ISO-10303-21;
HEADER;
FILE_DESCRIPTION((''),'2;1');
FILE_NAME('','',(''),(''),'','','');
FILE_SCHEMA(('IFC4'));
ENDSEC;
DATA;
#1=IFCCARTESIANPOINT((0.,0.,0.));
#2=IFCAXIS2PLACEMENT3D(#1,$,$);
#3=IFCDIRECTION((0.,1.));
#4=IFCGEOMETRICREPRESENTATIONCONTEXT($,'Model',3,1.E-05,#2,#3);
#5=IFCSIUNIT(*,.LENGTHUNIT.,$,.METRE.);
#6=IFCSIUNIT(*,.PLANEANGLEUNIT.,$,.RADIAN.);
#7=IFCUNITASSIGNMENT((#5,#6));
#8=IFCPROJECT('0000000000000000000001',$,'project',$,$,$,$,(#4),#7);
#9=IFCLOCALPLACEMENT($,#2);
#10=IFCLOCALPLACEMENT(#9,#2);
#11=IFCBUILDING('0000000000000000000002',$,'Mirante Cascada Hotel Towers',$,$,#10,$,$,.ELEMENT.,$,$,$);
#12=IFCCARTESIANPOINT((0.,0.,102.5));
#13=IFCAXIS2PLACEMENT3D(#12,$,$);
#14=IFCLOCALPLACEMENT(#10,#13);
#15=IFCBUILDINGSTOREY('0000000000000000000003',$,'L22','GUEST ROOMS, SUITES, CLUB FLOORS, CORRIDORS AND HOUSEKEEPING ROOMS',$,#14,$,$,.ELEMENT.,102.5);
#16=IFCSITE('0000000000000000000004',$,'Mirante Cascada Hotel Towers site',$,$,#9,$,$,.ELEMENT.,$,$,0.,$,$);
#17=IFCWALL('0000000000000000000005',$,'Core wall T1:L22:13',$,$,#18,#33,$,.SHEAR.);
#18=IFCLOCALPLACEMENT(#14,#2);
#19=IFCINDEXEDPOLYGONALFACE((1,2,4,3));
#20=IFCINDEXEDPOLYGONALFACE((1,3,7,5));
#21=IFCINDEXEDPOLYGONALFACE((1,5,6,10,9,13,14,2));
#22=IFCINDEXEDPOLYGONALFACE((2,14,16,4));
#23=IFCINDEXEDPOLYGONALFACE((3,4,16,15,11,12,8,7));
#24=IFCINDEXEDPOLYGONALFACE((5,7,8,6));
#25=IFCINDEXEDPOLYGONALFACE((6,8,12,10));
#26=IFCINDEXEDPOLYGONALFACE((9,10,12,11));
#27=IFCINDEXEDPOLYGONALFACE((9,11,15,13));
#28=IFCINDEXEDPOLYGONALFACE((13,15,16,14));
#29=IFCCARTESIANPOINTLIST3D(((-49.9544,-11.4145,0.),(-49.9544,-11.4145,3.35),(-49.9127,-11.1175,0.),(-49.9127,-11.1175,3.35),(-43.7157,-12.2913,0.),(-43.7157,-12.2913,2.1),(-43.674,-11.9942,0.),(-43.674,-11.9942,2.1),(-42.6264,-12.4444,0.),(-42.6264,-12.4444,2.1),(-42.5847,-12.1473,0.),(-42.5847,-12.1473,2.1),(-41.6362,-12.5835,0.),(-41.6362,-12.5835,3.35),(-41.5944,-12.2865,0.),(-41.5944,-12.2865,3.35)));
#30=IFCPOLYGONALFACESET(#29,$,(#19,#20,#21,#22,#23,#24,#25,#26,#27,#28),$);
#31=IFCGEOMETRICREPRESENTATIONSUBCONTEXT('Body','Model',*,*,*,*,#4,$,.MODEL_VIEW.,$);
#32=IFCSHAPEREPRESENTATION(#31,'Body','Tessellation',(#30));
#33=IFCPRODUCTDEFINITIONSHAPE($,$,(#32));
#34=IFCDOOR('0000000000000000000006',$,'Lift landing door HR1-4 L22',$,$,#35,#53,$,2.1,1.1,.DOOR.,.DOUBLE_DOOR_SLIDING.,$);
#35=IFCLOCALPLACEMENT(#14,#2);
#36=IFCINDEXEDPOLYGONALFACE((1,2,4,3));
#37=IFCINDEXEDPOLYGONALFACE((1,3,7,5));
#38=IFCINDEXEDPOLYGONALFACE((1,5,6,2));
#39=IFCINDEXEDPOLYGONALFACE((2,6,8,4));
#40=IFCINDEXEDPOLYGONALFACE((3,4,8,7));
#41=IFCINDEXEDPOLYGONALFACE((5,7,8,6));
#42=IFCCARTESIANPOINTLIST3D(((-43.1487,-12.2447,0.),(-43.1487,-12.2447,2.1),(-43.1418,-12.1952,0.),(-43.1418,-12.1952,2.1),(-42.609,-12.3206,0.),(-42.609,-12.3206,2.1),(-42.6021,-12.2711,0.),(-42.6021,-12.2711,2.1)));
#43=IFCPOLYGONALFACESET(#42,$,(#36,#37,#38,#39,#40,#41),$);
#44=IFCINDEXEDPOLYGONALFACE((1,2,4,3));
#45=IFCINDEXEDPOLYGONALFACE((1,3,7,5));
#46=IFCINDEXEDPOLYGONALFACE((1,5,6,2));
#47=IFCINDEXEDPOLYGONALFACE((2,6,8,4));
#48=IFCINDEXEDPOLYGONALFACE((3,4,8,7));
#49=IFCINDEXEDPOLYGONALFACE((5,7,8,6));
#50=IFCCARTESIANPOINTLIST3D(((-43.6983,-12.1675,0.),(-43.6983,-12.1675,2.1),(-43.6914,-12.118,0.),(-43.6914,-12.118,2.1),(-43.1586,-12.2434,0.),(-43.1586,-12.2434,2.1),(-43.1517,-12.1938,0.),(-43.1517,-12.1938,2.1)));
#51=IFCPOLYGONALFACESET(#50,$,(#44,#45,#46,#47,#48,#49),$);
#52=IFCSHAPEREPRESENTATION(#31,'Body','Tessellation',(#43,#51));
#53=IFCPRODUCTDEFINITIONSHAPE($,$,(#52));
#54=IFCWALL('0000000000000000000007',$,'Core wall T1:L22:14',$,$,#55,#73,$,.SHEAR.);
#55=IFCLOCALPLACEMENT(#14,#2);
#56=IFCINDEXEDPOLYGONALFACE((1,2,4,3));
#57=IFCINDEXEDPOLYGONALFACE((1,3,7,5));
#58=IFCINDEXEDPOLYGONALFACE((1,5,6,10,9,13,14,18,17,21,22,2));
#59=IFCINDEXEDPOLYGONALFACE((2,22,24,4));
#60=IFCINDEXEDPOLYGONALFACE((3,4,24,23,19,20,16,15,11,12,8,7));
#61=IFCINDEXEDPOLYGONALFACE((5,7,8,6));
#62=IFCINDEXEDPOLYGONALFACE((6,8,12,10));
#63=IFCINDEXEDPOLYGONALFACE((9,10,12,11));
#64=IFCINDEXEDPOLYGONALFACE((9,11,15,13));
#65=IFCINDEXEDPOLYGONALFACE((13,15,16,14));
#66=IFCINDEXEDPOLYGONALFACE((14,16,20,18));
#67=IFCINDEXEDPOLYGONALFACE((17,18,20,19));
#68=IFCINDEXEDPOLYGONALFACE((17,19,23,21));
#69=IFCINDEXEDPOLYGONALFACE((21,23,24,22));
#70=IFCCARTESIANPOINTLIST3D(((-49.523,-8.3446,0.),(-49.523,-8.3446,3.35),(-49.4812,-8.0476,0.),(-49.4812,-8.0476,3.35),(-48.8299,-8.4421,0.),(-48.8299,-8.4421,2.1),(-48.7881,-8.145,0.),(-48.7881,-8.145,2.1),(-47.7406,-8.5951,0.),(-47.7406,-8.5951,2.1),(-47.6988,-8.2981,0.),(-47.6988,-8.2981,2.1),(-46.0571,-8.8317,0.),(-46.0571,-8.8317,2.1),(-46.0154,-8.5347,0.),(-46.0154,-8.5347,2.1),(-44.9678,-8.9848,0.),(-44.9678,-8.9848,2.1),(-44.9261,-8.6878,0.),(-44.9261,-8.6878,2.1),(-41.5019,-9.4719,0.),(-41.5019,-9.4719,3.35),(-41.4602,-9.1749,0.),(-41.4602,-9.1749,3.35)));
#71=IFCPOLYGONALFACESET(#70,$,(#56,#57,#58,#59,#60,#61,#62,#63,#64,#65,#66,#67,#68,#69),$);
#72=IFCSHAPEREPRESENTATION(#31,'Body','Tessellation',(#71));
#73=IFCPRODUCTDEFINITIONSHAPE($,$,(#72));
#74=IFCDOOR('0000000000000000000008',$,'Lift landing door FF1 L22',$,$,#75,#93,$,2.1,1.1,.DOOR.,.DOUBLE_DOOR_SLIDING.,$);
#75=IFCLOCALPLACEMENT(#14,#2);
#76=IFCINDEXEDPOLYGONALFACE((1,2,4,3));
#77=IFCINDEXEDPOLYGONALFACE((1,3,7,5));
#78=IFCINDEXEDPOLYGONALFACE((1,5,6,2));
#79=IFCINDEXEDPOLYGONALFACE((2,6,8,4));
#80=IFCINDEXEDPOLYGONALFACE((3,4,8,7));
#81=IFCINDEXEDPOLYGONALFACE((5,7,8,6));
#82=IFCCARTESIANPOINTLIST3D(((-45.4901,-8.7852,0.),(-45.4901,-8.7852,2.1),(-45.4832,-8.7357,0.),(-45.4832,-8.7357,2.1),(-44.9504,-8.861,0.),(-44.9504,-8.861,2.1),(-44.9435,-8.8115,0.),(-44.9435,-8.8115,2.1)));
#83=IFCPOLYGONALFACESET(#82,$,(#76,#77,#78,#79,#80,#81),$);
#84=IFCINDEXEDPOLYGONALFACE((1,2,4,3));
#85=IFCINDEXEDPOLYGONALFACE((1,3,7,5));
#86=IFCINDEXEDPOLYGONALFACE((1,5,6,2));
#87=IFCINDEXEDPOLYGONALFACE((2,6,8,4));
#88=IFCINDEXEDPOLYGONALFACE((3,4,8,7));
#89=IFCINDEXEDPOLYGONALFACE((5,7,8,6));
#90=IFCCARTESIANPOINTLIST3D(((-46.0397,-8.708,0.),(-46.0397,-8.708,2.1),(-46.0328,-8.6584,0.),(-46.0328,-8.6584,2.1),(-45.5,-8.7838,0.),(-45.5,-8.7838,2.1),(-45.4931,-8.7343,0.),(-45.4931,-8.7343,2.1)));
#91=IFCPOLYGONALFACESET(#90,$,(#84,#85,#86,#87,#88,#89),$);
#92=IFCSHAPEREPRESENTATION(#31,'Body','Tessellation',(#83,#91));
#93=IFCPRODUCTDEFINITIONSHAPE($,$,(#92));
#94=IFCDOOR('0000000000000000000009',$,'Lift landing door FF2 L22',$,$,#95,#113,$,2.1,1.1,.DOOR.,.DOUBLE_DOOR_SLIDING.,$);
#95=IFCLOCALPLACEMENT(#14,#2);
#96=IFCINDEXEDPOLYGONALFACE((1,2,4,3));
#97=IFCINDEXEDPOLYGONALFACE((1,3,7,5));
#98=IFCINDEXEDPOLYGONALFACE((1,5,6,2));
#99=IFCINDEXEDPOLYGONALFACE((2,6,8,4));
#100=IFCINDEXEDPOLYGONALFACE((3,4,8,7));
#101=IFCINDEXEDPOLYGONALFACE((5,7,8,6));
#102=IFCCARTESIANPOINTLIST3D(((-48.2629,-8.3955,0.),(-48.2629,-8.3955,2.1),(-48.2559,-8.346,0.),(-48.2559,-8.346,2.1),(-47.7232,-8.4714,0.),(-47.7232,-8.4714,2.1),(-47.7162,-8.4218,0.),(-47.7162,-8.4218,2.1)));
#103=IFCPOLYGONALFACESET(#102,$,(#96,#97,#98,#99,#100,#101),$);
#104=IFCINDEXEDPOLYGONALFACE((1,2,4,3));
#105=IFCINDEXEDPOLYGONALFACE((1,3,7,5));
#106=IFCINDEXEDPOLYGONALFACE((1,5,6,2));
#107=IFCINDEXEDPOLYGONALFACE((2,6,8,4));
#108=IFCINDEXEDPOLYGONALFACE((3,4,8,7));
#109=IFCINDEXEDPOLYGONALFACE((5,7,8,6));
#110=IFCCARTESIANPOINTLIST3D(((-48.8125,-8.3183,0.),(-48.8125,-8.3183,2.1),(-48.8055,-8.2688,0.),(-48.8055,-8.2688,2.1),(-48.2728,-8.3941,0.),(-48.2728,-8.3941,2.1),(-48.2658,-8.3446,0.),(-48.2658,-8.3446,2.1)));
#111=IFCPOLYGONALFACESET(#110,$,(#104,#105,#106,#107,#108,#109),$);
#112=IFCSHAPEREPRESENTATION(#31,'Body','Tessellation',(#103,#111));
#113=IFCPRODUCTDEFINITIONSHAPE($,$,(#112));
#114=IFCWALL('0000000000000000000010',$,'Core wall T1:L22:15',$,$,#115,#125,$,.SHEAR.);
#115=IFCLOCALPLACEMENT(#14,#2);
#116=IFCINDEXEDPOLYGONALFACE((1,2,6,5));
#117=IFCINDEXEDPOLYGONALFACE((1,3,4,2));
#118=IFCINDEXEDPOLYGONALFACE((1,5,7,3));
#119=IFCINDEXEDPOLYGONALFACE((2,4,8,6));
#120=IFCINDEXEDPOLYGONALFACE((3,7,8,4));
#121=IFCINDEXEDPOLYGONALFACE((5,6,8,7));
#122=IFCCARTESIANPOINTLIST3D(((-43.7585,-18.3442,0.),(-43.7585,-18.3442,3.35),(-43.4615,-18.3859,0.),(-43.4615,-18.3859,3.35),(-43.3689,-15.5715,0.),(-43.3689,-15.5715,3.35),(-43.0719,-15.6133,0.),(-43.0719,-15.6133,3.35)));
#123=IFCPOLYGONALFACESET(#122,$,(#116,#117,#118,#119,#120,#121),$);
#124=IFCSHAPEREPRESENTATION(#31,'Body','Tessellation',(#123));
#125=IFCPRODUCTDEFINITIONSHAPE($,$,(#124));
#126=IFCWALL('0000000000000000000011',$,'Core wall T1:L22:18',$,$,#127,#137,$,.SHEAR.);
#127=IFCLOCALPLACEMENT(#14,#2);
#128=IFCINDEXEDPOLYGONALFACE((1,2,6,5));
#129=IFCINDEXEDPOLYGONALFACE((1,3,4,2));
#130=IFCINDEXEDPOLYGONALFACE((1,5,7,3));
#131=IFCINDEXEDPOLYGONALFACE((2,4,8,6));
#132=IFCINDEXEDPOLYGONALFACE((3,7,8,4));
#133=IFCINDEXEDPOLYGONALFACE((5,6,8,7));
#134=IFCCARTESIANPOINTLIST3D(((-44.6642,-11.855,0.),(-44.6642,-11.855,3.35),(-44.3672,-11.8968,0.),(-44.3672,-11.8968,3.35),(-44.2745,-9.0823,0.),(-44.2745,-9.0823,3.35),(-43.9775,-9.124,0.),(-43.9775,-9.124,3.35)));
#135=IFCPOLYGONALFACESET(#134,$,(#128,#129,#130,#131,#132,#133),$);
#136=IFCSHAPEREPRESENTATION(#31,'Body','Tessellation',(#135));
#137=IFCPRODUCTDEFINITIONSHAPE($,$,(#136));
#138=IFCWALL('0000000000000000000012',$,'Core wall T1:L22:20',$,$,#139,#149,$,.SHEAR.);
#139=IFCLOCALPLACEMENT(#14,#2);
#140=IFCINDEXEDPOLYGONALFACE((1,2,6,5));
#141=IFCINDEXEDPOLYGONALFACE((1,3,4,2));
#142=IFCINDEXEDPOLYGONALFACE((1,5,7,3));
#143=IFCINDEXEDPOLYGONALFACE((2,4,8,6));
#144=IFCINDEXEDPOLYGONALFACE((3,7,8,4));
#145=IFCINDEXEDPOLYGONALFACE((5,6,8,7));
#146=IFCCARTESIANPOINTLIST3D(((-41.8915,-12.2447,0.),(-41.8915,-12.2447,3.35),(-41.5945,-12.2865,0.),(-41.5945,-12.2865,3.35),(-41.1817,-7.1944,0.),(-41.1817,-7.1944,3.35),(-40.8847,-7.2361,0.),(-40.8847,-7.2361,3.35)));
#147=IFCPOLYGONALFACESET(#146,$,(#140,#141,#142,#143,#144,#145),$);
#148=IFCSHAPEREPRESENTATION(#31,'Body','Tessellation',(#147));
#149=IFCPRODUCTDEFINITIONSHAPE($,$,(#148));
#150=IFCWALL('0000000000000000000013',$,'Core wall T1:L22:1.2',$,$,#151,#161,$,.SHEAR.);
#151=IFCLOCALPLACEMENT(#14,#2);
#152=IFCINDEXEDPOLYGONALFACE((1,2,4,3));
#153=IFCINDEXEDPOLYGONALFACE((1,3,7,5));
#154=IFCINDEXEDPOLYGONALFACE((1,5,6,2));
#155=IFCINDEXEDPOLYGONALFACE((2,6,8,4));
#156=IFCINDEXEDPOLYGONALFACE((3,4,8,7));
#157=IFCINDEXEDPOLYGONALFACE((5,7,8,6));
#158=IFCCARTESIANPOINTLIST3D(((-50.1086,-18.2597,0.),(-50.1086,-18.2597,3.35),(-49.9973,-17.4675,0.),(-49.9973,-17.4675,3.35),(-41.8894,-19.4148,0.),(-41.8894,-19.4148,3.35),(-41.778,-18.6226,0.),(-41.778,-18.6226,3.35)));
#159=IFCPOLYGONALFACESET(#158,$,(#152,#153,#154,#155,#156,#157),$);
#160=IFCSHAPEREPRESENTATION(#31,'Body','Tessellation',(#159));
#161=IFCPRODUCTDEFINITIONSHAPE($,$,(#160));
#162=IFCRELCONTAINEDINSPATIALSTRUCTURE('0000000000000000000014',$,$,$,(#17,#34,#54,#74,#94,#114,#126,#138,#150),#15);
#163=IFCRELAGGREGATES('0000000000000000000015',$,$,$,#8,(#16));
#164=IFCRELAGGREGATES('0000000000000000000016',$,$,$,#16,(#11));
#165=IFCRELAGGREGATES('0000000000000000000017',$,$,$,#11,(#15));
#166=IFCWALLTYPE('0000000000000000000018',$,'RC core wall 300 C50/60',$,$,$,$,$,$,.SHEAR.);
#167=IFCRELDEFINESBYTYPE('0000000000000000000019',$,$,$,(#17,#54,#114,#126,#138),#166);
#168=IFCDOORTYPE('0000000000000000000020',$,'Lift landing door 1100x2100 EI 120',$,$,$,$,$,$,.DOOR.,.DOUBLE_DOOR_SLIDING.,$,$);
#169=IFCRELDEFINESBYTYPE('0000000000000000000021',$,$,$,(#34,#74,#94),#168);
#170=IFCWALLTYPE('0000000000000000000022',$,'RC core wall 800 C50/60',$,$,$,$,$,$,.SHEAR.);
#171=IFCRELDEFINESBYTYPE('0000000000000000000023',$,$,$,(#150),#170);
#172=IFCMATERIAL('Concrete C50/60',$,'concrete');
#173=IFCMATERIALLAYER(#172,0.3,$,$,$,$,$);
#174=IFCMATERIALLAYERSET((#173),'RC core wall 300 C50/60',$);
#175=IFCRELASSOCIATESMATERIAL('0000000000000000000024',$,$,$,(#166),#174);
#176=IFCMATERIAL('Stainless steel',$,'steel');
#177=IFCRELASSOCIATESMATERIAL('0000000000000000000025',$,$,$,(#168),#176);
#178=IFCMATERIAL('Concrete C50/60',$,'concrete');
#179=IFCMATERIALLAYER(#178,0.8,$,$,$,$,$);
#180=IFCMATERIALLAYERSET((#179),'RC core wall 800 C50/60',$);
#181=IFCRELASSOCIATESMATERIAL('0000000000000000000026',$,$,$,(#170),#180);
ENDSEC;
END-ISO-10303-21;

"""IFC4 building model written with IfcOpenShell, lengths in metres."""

from ifc_helpers import new_model, si_unit, direction, frame, frame_2d, origin, place, context, subcontext, project, spatial, rectangle, extrude, material, layer, layer_set, type_object, element, fill, save


model = new_model("IFC4")

# Units and contexts
model_context = context("Model", 3, precision=1e-05, world=origin(), true_north=direction((0.0, 1.0)))
body_context = subcontext(model_context, "Body", "Model", "MODEL_VIEW")
ifc_project = project(units=[si_unit("LENGTHUNIT", "METRE"), si_unit("PLANEANGLEUNIT", "RADIAN")], contexts=[model_context])

# Site, building, storey
site_placement = place(None, origin())
site = spatial("IfcSite", under=ifc_project, at=site_placement, Name="Mirante Cascada Hotel Towers site", CompositionType="ELEMENT", RefElevation=0.0)
building_placement = place(site_placement, origin())
building = spatial("IfcBuilding", under=site, at=building_placement, Name="Mirante Cascada Hotel Towers", CompositionType="ELEMENT")
storey_placement = place(building_placement, frame((0.0, 0.0, 102.5)))
storey = spatial("IfcBuildingStorey", under=building, at=storey_placement, Name="L22", Description="GUEST ROOMS, SUITES, CLUB FLOORS, CORRIDORS AND HOUSEKEEPING ROOMS", CompositionType="ELEMENT", Elevation=102.5)

# Shared definitions
ifc_material_1 = material(Name="Concrete C50/60", Category="concrete")
ifc_layer_1 = layer(ifc_material_1, 0.3)
ifc_layer_set_1 = layer_set([ifc_layer_1], Name="RC core wall 300 C50/60")
wall_type_1 = type_object("IfcWallType", Name="RC core wall 300 C50/60", PredefinedType="SHEAR", material=ifc_layer_set_1)

# Shared definitions
ifc_material_2 = material(Name="Stainless steel", Category="steel")
door_type_1 = type_object("IfcDoorType", Name="Lift landing door 1100x2100 EI 120", OperationType="DOUBLE_DOOR_SLIDING", PredefinedType="DOOR", material=ifc_material_2)

# Wall, opening, door
wall_1_placement = place(storey_placement, frame((-41.6153, -12.435, 0.0), z_axis=(0.0, 0.0, 1.0), x_axis=(-0.990269, 0.139166, 0.0)))
wall_1 = element("IfcWall", 1, at=wall_1_placement, inside=storey, type_object=wall_type_1, Name="Core wall T1:L22:13", PredefinedType="SHEAR", context=body_context, shape_type="SweptSolid", body=[
    extrude(rectangle(XDim=8.4, YDim=0.3, at=frame_2d((4.2, 0.0))), origin(), (0.0, 0.0, 1.0), 3.35),
])
opening_1_placement = place(wall_1_placement, frame((1.0, 0.0, 0.0)))
opening_1 = element("IfcOpeningElement", 2, at=opening_1_placement, cuts=wall_1, PredefinedType="OPENING", context=body_context, shape_type="SweptSolid", body=[
    extrude(rectangle(XDim=1.1, YDim=2.1, at=frame_2d((0.55, 1.05))), frame((0.0, 0.15, 0.0), z_axis=(0.0, -1.0, 0.0), x_axis=(1.0, 0.0, 0.0)), (0.0, 0.0, 1.0), 0.3),
])
door_1_placement = place(opening_1_placement, origin())
door_1 = element("IfcDoor", 3, at=door_1_placement, inside=storey, type_object=door_type_1, Name="Lift landing door HR1-4 L22", OperationType="DOUBLE_DOOR_SLIDING", OverallHeight=2.1, OverallWidth=1.1, PredefinedType="DOOR", context=body_context, shape_type="SweptSolid", body=[
    extrude(rectangle(XDim=0.545, YDim=2.1, at=frame_2d((0.2725, 1.05))), frame((0.0, 0.025, 0.0), z_axis=(0.0, -1.0, 0.0), x_axis=(1.0, 0.0, 0.0)), (0.0, 0.0, 1.0), 0.05),
    extrude(rectangle(XDim=0.545, YDim=2.1, at=frame_2d((0.8275, 1.05))), frame((0.0, 0.025, 0.0), z_axis=(0.0, -1.0, 0.0), x_axis=(1.0, 0.0, 0.0)), (0.0, 0.0, 1.0), 0.05),
])
fill(opening_1, door_1)

# Wall, openings, doors
wall_2_placement = place(storey_placement, frame((-41.481, -9.3234, 0.0), z_axis=(0.0, 0.0, 1.0), x_axis=(-0.990268, 0.139174, 0.0)))
wall_2 = element("IfcWall", 4, at=wall_2_placement, inside=storey, type_object=wall_type_1, Name="Core wall T1:L22:14", PredefinedType="SHEAR", context=body_context, shape_type="SweptSolid", body=[
    extrude(rectangle(XDim=8.0999, YDim=0.3, at=frame_2d((4.05, 0.0))), origin(), (0.0, 0.0, 1.0), 3.35),
])
opening_2_placement = place(wall_2_placement, frame((3.5, 0.0, 0.0)))
opening_2 = element("IfcOpeningElement", 5, at=opening_2_placement, cuts=wall_2, PredefinedType="OPENING", context=body_context, shape_type="SweptSolid", body=[
    extrude(rectangle(XDim=1.1, YDim=2.1, at=frame_2d((0.55, 1.05))), frame((0.0, 0.15, 0.0), z_axis=(0.0, -1.0, 0.0), x_axis=(1.0, 0.0, 0.0)), (0.0, 0.0, 1.0), 0.3),
])
opening_3_placement = place(wall_2_placement, frame((6.3, 0.0, 0.0)))
opening_3 = element("IfcOpeningElement", 6, at=opening_3_placement, cuts=wall_2, PredefinedType="OPENING", context=body_context, shape_type="SweptSolid", body=[
    extrude(rectangle(XDim=1.1, YDim=2.1, at=frame_2d((0.55, 1.05))), frame((0.0, 0.15, 0.0), z_axis=(0.0, -1.0, 0.0), x_axis=(1.0, 0.0, 0.0)), (0.0, 0.0, 1.0), 0.3),
])
door_2_placement = place(opening_2_placement, origin())
door_2 = element("IfcDoor", 7, at=door_2_placement, inside=storey, type_object=door_type_1, Name="Lift landing door FF1 L22", OperationType="DOUBLE_DOOR_SLIDING", OverallHeight=2.1, OverallWidth=1.1, PredefinedType="DOOR", context=body_context, shape_type="SweptSolid", body=[
    extrude(rectangle(XDim=0.545, YDim=2.1, at=frame_2d((0.2725, 1.05))), frame((0.0, 0.025, 0.0), z_axis=(0.0, -1.0, 0.0), x_axis=(1.0, 0.0, 0.0)), (0.0, 0.0, 1.0), 0.05),
    extrude(rectangle(XDim=0.545, YDim=2.1, at=frame_2d((0.8275, 1.05))), frame((0.0, 0.025, 0.0), z_axis=(0.0, -1.0, 0.0), x_axis=(1.0, 0.0, 0.0)), (0.0, 0.0, 1.0), 0.05),
])
fill(opening_2, door_2)
door_3_placement = place(opening_3_placement, origin())
door_3 = element("IfcDoor", 8, at=door_3_placement, inside=storey, type_object=door_type_1, Name="Lift landing door FF2 L22", OperationType="DOUBLE_DOOR_SLIDING", OverallHeight=2.1, OverallWidth=1.1, PredefinedType="DOOR", context=body_context, shape_type="SweptSolid", body=[
    extrude(rectangle(XDim=0.545, YDim=2.1, at=frame_2d((0.2725, 1.05))), frame((0.0, 0.025, 0.0), z_axis=(0.0, -1.0, 0.0), x_axis=(1.0, 0.0, 0.0)), (0.0, 0.0, 1.0), 0.05),
    extrude(rectangle(XDim=0.545, YDim=2.1, at=frame_2d((0.8275, 1.05))), frame((0.0, 0.025, 0.0), z_axis=(0.0, -1.0, 0.0), x_axis=(1.0, 0.0, 0.0)), (0.0, 0.0, 1.0), 0.05),
])
fill(opening_3, door_3)

# Walls
wall_3_placement = place(storey_placement, frame((-43.61, -18.3651, 0.0), z_axis=(0.0, 0.0, 1.0), x_axis=(0.139146, 0.990272, 0.0)))
element("IfcWall", 9, at=wall_3_placement, inside=storey, type_object=wall_type_1, Name="Core wall T1:L22:15", PredefinedType="SHEAR", context=body_context, shape_type="SweptSolid", body=[
    extrude(rectangle(XDim=2.7999, YDim=0.3, at=frame_2d((1.4, 0.0))), origin(), (0.0, 0.0, 1.0), 3.35),
])
wall_4_placement = place(storey_placement, frame((-44.5157, -11.8759, 0.0), z_axis=(0.0, 0.0, 1.0), x_axis=(0.139181, 0.990267, 0.0)))
element("IfcWall", 10, at=wall_4_placement, inside=storey, type_object=wall_type_1, Name="Core wall T1:L22:18", PredefinedType="SHEAR", context=body_context, shape_type="SweptSolid", body=[
    extrude(rectangle(XDim=2.8, YDim=0.3, at=frame_2d((1.4, 0.0))), origin(), (0.0, 0.0, 1.0), 3.35),
])
wall_5_placement = place(storey_placement, frame((-41.743, -12.2656, 0.0), z_axis=(0.0, 0.0, 1.0), x_axis=(0.139176, 0.990268, 0.0)))
element("IfcWall", 11, at=wall_5_placement, inside=storey, type_object=wall_type_1, Name="Core wall T1:L22:20", PredefinedType="SHEAR", context=body_context, shape_type="SweptSolid", body=[
    extrude(rectangle(XDim=5.1, YDim=0.3, at=frame_2d((2.55, 0.0))), origin(), (0.0, 0.0, 1.0), 3.35),
])
ifc_material_3 = material(Name="Concrete C50/60", Category="concrete")
ifc_layer_2 = layer(ifc_material_3, 0.8)
ifc_layer_set_2 = layer_set([ifc_layer_2], Name="RC core wall 800 C50/60")
wall_type_2 = type_object("IfcWallType", Name="RC core wall 800 C50/60", PredefinedType="SHEAR", material=ifc_layer_set_2)
wall_6_placement = place(storey_placement, frame((-41.8337, -19.0187, 0.0), z_axis=(0.0, 0.0, 1.0), x_axis=(-0.990269, 0.139169, 0.0)))
element("IfcWall", 12, at=wall_6_placement, inside=storey, type_object=wall_type_2, Name="Core wall T1:L22:1.2", PredefinedType="SHEAR", context=body_context, shape_type="SweptSolid", body=[
    extrude(rectangle(XDim=8.3, YDim=0.8, at=frame_2d((4.15, 0.0))), origin(), (0.0, 0.0, 1.0), 3.35),
])

save(model, "model.ifc")
